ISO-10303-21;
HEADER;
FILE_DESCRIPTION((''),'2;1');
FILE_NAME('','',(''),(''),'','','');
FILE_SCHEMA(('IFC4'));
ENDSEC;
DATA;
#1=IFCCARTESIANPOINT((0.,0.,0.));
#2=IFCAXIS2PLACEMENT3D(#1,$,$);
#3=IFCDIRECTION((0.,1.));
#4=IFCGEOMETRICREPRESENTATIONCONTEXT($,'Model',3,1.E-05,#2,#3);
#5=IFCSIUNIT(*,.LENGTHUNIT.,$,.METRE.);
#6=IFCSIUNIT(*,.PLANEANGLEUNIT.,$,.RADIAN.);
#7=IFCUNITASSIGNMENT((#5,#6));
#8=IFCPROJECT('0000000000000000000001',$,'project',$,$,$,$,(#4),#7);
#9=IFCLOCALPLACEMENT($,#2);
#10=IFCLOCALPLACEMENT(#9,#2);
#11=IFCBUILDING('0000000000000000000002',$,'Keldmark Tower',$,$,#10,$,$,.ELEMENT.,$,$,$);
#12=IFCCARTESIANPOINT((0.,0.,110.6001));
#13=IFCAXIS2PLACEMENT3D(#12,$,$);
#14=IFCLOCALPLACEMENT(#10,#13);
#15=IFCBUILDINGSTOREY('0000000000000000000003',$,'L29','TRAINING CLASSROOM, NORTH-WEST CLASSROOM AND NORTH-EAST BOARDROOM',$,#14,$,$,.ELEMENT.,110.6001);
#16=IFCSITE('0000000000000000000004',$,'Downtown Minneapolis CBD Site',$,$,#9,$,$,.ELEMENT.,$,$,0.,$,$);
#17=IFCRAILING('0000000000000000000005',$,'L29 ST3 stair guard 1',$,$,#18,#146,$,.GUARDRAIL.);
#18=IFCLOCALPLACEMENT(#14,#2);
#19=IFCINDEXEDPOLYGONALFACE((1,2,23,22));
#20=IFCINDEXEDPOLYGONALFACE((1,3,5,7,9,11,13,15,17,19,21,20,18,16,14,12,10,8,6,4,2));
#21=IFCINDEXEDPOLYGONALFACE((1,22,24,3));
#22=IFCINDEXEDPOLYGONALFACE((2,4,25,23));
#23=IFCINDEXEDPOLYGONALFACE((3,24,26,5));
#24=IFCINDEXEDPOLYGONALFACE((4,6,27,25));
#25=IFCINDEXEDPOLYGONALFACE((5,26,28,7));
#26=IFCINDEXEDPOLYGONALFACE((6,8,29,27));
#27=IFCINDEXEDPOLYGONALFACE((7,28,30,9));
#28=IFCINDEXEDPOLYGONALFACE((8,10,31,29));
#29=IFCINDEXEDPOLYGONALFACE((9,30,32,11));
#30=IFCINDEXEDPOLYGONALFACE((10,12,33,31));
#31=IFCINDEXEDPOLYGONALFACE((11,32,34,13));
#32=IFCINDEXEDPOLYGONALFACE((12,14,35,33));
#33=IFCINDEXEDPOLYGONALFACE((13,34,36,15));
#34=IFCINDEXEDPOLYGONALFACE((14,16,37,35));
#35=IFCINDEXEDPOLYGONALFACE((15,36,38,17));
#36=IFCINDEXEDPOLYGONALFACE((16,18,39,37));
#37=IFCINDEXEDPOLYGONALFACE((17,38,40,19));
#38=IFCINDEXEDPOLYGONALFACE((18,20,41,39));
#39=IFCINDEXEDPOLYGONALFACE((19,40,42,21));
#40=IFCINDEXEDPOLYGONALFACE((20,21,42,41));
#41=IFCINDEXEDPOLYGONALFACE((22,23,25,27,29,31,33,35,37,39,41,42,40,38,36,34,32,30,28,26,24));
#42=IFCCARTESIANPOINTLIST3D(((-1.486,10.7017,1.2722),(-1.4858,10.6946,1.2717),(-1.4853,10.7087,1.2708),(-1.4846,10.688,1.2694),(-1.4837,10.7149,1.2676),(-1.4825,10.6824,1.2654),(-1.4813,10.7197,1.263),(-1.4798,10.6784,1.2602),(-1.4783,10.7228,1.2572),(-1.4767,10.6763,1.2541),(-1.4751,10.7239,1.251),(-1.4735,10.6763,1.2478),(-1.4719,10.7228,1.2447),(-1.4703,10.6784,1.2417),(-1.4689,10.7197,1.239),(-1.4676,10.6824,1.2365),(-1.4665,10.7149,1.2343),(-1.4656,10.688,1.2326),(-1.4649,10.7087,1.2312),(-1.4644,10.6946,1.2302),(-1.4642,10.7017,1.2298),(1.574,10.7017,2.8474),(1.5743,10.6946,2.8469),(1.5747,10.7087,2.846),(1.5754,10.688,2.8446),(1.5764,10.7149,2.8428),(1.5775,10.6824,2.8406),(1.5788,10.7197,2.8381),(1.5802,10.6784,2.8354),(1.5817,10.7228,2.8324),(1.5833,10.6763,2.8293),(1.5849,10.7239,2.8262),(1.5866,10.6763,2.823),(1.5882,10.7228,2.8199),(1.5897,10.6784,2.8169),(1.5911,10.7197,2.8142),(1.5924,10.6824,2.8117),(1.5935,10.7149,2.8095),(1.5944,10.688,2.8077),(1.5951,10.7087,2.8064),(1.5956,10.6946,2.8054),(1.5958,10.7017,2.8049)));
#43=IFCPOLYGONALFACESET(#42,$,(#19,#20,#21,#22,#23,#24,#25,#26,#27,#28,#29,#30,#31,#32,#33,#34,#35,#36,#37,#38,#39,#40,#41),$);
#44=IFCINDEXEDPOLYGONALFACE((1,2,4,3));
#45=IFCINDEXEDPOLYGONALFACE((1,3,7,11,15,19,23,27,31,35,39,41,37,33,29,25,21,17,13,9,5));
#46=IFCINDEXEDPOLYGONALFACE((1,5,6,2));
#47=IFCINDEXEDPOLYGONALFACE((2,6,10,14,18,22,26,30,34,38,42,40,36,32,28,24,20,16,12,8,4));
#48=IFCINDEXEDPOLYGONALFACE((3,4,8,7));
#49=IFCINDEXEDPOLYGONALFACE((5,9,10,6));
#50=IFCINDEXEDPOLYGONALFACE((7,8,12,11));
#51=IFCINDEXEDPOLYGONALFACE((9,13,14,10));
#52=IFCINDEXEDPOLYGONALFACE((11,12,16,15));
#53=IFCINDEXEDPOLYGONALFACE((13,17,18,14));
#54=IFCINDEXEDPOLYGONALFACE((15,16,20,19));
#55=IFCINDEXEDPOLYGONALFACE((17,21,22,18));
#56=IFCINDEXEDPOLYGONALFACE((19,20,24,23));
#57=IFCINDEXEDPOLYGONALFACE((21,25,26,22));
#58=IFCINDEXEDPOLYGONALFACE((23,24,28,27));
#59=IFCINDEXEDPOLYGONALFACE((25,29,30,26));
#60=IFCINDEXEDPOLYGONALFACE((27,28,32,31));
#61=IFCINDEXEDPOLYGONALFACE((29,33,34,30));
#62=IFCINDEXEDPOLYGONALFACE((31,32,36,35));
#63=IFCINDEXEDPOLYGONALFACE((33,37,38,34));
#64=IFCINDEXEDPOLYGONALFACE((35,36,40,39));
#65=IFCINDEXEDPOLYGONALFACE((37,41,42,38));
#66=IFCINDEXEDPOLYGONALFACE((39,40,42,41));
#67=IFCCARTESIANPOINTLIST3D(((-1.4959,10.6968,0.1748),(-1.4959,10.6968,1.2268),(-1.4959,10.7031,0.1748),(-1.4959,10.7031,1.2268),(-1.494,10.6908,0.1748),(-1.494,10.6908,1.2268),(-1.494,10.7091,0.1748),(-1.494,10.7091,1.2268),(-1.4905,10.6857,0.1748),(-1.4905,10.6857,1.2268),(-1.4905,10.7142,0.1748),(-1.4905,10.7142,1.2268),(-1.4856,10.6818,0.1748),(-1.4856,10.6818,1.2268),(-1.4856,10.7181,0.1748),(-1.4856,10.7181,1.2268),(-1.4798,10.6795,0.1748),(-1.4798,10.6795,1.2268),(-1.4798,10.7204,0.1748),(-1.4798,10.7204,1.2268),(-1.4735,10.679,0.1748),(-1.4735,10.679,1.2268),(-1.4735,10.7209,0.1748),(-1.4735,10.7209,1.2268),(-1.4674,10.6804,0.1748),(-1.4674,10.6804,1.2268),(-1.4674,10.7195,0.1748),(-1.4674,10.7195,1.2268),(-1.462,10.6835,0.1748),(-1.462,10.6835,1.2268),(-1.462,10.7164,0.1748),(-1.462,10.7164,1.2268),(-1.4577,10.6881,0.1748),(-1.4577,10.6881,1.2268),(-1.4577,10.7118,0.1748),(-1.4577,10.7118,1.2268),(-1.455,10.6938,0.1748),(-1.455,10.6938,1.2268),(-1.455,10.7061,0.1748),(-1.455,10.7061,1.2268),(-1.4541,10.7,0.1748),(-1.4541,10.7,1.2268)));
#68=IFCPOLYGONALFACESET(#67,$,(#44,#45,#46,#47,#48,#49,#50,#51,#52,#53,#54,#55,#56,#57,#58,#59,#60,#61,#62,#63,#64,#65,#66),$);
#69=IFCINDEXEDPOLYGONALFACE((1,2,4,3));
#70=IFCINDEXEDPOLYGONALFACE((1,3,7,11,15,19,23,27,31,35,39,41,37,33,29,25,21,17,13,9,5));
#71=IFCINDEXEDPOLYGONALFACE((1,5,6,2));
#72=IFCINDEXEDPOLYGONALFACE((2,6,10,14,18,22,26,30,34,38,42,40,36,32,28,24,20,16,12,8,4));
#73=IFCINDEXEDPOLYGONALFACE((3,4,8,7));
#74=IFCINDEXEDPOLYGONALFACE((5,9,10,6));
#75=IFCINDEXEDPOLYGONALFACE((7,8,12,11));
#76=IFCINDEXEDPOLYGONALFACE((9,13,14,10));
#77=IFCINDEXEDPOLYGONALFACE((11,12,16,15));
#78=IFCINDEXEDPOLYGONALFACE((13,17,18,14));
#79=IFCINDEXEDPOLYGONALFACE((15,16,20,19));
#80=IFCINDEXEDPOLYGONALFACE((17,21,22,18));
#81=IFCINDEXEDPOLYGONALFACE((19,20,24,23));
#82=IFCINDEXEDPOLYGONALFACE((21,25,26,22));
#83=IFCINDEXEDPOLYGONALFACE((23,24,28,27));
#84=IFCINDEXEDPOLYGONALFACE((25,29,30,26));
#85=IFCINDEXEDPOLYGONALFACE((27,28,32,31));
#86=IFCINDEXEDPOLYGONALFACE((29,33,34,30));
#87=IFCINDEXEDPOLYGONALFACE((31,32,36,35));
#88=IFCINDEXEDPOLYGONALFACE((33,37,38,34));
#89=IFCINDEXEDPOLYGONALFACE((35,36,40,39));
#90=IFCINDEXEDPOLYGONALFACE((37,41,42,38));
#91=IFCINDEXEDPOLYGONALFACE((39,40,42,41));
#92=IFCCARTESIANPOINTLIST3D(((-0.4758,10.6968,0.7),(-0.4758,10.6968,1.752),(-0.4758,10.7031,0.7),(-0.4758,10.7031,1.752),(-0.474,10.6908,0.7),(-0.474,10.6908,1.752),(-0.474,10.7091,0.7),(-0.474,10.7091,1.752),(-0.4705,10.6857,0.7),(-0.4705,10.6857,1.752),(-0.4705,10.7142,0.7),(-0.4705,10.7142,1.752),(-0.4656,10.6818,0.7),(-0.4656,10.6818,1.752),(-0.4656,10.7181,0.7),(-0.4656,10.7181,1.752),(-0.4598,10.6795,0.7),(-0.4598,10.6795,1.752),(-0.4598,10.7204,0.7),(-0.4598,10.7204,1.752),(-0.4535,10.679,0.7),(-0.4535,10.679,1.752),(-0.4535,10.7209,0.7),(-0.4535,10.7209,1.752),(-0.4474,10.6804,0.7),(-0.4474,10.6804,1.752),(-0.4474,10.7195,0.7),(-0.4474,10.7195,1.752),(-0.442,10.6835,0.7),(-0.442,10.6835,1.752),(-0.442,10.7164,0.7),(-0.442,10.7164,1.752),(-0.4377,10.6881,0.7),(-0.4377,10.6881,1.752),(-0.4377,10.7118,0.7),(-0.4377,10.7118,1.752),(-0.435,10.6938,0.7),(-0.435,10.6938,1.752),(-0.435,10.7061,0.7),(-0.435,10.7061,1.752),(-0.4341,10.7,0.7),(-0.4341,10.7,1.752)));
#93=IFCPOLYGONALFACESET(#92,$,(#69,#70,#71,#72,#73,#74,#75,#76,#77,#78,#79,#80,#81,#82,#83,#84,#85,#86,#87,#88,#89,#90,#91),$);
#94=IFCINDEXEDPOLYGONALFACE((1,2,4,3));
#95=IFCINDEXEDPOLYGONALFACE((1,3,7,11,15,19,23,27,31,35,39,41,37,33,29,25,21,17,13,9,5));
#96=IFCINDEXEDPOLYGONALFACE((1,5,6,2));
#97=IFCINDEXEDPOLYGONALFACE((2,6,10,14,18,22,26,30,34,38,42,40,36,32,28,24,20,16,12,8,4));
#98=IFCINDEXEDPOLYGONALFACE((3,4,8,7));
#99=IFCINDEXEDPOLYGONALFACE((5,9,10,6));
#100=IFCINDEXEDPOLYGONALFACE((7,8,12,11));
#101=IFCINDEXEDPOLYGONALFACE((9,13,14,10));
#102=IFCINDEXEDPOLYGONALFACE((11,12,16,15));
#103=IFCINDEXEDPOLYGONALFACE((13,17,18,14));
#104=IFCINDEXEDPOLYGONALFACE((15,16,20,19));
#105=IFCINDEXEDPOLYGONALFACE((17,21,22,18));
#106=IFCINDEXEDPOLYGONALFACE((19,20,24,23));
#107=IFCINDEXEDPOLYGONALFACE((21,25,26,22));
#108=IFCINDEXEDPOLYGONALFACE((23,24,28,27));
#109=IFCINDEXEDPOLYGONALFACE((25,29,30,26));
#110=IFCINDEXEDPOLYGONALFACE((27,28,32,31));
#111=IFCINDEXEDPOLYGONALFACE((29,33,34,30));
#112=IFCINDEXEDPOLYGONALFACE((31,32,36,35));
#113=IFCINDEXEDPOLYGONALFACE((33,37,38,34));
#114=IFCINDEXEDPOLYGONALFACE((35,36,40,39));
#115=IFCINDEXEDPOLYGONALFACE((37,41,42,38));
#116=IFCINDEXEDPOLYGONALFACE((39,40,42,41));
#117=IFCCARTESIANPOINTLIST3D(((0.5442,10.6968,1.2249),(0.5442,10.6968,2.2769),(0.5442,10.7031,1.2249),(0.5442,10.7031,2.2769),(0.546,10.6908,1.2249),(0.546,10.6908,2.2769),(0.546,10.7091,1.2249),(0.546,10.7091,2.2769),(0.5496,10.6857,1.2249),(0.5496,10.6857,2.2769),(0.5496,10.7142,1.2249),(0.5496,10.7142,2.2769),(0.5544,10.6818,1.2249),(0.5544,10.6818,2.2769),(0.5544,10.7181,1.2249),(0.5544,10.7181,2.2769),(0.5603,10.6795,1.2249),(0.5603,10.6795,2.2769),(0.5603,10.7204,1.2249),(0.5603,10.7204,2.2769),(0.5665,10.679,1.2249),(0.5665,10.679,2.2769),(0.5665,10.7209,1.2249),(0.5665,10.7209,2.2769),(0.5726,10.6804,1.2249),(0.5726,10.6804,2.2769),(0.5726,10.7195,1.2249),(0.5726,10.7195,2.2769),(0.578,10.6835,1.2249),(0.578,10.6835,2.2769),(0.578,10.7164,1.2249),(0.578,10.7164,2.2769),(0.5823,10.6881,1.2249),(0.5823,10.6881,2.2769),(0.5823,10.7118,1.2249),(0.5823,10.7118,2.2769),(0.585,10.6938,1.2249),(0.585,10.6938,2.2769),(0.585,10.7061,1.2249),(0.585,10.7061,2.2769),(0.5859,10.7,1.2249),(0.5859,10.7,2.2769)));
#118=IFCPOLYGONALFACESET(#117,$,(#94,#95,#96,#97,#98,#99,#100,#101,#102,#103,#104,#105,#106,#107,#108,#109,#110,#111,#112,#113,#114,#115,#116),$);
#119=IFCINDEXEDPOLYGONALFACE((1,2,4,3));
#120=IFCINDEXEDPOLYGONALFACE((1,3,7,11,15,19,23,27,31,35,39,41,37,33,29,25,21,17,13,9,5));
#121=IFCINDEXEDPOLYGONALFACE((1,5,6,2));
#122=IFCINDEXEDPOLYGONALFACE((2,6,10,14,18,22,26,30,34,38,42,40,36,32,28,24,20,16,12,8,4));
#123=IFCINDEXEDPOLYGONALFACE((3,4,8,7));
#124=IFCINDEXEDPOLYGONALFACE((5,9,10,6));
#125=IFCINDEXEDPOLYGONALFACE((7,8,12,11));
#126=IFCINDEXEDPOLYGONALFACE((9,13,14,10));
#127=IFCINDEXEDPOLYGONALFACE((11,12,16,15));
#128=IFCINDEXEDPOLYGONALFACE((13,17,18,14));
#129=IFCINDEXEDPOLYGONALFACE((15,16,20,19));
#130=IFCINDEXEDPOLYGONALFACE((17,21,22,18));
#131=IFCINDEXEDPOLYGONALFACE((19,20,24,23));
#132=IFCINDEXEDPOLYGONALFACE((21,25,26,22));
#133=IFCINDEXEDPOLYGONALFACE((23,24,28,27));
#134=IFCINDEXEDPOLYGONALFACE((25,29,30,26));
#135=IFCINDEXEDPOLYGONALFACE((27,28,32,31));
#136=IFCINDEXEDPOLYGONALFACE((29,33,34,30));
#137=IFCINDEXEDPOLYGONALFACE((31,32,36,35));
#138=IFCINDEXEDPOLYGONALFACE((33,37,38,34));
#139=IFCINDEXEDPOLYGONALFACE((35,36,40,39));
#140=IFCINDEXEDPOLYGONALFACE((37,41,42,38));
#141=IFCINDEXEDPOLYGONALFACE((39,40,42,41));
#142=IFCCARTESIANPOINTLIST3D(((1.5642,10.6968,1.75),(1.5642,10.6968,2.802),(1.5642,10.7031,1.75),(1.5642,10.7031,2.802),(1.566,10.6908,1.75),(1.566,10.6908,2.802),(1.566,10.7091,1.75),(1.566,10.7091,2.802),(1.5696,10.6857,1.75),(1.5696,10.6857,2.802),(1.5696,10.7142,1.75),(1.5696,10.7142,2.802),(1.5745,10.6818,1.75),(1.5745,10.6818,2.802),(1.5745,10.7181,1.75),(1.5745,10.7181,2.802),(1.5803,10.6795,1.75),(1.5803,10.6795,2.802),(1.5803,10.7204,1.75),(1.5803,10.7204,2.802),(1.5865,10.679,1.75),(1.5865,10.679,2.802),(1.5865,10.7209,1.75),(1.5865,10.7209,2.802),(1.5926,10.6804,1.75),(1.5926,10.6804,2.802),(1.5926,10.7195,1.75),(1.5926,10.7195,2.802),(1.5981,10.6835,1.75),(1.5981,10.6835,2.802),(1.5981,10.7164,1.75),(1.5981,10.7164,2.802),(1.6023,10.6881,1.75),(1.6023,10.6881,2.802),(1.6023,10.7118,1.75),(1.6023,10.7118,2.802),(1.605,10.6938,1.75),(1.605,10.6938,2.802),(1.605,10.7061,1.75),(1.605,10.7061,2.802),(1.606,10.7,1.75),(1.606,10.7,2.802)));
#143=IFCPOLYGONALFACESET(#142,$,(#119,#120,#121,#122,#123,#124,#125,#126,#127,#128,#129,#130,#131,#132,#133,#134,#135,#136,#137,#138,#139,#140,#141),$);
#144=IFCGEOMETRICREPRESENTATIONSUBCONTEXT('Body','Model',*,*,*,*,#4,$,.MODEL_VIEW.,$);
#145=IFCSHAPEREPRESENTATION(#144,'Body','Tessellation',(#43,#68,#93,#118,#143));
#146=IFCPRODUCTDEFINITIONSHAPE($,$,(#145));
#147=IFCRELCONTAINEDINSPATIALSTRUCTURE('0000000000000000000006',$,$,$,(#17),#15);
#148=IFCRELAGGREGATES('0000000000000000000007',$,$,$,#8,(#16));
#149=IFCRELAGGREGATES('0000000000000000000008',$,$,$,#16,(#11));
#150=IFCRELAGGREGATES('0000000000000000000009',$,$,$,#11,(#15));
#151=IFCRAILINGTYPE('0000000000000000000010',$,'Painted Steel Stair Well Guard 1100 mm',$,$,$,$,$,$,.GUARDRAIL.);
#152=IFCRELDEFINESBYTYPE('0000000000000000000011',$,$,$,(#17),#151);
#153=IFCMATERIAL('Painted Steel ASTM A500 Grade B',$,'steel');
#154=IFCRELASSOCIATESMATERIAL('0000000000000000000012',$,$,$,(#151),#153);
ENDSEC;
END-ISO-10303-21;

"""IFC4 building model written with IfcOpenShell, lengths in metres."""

from ifc_helpers import new_model, si_unit, direction, frame, origin, origin_2d, place, context, subcontext, project, spatial, circle, extrude, material, type_object, element, save


model = new_model("IFC4")

# Units and contexts
model_context = context("Model", 3, precision=1e-05, world=origin(), true_north=direction((0.0, 1.0)))
body_context = subcontext(model_context, "Body", "Model", "MODEL_VIEW")
ifc_project = project(units=[si_unit("LENGTHUNIT", "METRE"), si_unit("PLANEANGLEUNIT", "RADIAN")], contexts=[model_context])

# Site, building, storey
site_placement = place(None, origin())
site = spatial("IfcSite", under=ifc_project, at=site_placement, Name="Downtown Minneapolis CBD Site", CompositionType="ELEMENT", RefElevation=0.0)
building_placement = place(site_placement, origin())
building = spatial("IfcBuilding", under=site, at=building_placement, Name="Keldmark Tower", CompositionType="ELEMENT")
storey_placement = place(building_placement, frame((0.0, 0.0, 110.6001)))
storey = spatial("IfcBuildingStorey", under=building, at=storey_placement, Name="L29", Description="TRAINING CLASSROOM, NORTH-WEST CLASSROOM AND NORTH-EAST BOARDROOM", CompositionType="ELEMENT", Elevation=110.6001)

# Railing
ifc_material_1 = material(Name="Painted Steel ASTM A500 Grade B", Category="steel")
railing_type = type_object("IfcRailingType", Name="Painted Steel Stair Well Guard 1100 mm", PredefinedType="GUARDRAIL", material=ifc_material_1)
railing_1_placement = place(storey_placement, frame((-1.4751, 10.7, 0.1748)))
element("IfcRailing", 1, at=railing_1_placement, inside=storey, type_object=railing_type, Name="L29 ST3 stair guard 1", PredefinedType="GUARDRAIL", context=body_context, shape_type="SweptSolid", body=[
    extrude(circle(Radius=0.0239, at=origin_2d()), frame((0.0, 0.0, 1.0762), z_axis=(0.889116, 0.0, 0.457681), x_axis=(0.0, 1.0, 0.0)), (0.0, 0.0, 1.0), 3.4417),
    extrude(circle(Radius=0.021, at=origin_2d()), origin(), (0.0, 0.0, 1.0), 1.052),
    extrude(circle(Radius=0.021, at=origin_2d()), frame((1.02, 0.0, 0.5251)), (0.0, 0.0, 1.0), 1.052),
    extrude(circle(Radius=0.021, at=origin_2d()), frame((2.04, 0.0, 1.05)), (0.0, 0.0, 1.0), 1.052),
    extrude(circle(Radius=0.021, at=origin_2d()), frame((3.0601, 0.0, 1.5752)), (0.0, 0.0, 1.0), 1.052),
])

save(model, "model.ifc")
